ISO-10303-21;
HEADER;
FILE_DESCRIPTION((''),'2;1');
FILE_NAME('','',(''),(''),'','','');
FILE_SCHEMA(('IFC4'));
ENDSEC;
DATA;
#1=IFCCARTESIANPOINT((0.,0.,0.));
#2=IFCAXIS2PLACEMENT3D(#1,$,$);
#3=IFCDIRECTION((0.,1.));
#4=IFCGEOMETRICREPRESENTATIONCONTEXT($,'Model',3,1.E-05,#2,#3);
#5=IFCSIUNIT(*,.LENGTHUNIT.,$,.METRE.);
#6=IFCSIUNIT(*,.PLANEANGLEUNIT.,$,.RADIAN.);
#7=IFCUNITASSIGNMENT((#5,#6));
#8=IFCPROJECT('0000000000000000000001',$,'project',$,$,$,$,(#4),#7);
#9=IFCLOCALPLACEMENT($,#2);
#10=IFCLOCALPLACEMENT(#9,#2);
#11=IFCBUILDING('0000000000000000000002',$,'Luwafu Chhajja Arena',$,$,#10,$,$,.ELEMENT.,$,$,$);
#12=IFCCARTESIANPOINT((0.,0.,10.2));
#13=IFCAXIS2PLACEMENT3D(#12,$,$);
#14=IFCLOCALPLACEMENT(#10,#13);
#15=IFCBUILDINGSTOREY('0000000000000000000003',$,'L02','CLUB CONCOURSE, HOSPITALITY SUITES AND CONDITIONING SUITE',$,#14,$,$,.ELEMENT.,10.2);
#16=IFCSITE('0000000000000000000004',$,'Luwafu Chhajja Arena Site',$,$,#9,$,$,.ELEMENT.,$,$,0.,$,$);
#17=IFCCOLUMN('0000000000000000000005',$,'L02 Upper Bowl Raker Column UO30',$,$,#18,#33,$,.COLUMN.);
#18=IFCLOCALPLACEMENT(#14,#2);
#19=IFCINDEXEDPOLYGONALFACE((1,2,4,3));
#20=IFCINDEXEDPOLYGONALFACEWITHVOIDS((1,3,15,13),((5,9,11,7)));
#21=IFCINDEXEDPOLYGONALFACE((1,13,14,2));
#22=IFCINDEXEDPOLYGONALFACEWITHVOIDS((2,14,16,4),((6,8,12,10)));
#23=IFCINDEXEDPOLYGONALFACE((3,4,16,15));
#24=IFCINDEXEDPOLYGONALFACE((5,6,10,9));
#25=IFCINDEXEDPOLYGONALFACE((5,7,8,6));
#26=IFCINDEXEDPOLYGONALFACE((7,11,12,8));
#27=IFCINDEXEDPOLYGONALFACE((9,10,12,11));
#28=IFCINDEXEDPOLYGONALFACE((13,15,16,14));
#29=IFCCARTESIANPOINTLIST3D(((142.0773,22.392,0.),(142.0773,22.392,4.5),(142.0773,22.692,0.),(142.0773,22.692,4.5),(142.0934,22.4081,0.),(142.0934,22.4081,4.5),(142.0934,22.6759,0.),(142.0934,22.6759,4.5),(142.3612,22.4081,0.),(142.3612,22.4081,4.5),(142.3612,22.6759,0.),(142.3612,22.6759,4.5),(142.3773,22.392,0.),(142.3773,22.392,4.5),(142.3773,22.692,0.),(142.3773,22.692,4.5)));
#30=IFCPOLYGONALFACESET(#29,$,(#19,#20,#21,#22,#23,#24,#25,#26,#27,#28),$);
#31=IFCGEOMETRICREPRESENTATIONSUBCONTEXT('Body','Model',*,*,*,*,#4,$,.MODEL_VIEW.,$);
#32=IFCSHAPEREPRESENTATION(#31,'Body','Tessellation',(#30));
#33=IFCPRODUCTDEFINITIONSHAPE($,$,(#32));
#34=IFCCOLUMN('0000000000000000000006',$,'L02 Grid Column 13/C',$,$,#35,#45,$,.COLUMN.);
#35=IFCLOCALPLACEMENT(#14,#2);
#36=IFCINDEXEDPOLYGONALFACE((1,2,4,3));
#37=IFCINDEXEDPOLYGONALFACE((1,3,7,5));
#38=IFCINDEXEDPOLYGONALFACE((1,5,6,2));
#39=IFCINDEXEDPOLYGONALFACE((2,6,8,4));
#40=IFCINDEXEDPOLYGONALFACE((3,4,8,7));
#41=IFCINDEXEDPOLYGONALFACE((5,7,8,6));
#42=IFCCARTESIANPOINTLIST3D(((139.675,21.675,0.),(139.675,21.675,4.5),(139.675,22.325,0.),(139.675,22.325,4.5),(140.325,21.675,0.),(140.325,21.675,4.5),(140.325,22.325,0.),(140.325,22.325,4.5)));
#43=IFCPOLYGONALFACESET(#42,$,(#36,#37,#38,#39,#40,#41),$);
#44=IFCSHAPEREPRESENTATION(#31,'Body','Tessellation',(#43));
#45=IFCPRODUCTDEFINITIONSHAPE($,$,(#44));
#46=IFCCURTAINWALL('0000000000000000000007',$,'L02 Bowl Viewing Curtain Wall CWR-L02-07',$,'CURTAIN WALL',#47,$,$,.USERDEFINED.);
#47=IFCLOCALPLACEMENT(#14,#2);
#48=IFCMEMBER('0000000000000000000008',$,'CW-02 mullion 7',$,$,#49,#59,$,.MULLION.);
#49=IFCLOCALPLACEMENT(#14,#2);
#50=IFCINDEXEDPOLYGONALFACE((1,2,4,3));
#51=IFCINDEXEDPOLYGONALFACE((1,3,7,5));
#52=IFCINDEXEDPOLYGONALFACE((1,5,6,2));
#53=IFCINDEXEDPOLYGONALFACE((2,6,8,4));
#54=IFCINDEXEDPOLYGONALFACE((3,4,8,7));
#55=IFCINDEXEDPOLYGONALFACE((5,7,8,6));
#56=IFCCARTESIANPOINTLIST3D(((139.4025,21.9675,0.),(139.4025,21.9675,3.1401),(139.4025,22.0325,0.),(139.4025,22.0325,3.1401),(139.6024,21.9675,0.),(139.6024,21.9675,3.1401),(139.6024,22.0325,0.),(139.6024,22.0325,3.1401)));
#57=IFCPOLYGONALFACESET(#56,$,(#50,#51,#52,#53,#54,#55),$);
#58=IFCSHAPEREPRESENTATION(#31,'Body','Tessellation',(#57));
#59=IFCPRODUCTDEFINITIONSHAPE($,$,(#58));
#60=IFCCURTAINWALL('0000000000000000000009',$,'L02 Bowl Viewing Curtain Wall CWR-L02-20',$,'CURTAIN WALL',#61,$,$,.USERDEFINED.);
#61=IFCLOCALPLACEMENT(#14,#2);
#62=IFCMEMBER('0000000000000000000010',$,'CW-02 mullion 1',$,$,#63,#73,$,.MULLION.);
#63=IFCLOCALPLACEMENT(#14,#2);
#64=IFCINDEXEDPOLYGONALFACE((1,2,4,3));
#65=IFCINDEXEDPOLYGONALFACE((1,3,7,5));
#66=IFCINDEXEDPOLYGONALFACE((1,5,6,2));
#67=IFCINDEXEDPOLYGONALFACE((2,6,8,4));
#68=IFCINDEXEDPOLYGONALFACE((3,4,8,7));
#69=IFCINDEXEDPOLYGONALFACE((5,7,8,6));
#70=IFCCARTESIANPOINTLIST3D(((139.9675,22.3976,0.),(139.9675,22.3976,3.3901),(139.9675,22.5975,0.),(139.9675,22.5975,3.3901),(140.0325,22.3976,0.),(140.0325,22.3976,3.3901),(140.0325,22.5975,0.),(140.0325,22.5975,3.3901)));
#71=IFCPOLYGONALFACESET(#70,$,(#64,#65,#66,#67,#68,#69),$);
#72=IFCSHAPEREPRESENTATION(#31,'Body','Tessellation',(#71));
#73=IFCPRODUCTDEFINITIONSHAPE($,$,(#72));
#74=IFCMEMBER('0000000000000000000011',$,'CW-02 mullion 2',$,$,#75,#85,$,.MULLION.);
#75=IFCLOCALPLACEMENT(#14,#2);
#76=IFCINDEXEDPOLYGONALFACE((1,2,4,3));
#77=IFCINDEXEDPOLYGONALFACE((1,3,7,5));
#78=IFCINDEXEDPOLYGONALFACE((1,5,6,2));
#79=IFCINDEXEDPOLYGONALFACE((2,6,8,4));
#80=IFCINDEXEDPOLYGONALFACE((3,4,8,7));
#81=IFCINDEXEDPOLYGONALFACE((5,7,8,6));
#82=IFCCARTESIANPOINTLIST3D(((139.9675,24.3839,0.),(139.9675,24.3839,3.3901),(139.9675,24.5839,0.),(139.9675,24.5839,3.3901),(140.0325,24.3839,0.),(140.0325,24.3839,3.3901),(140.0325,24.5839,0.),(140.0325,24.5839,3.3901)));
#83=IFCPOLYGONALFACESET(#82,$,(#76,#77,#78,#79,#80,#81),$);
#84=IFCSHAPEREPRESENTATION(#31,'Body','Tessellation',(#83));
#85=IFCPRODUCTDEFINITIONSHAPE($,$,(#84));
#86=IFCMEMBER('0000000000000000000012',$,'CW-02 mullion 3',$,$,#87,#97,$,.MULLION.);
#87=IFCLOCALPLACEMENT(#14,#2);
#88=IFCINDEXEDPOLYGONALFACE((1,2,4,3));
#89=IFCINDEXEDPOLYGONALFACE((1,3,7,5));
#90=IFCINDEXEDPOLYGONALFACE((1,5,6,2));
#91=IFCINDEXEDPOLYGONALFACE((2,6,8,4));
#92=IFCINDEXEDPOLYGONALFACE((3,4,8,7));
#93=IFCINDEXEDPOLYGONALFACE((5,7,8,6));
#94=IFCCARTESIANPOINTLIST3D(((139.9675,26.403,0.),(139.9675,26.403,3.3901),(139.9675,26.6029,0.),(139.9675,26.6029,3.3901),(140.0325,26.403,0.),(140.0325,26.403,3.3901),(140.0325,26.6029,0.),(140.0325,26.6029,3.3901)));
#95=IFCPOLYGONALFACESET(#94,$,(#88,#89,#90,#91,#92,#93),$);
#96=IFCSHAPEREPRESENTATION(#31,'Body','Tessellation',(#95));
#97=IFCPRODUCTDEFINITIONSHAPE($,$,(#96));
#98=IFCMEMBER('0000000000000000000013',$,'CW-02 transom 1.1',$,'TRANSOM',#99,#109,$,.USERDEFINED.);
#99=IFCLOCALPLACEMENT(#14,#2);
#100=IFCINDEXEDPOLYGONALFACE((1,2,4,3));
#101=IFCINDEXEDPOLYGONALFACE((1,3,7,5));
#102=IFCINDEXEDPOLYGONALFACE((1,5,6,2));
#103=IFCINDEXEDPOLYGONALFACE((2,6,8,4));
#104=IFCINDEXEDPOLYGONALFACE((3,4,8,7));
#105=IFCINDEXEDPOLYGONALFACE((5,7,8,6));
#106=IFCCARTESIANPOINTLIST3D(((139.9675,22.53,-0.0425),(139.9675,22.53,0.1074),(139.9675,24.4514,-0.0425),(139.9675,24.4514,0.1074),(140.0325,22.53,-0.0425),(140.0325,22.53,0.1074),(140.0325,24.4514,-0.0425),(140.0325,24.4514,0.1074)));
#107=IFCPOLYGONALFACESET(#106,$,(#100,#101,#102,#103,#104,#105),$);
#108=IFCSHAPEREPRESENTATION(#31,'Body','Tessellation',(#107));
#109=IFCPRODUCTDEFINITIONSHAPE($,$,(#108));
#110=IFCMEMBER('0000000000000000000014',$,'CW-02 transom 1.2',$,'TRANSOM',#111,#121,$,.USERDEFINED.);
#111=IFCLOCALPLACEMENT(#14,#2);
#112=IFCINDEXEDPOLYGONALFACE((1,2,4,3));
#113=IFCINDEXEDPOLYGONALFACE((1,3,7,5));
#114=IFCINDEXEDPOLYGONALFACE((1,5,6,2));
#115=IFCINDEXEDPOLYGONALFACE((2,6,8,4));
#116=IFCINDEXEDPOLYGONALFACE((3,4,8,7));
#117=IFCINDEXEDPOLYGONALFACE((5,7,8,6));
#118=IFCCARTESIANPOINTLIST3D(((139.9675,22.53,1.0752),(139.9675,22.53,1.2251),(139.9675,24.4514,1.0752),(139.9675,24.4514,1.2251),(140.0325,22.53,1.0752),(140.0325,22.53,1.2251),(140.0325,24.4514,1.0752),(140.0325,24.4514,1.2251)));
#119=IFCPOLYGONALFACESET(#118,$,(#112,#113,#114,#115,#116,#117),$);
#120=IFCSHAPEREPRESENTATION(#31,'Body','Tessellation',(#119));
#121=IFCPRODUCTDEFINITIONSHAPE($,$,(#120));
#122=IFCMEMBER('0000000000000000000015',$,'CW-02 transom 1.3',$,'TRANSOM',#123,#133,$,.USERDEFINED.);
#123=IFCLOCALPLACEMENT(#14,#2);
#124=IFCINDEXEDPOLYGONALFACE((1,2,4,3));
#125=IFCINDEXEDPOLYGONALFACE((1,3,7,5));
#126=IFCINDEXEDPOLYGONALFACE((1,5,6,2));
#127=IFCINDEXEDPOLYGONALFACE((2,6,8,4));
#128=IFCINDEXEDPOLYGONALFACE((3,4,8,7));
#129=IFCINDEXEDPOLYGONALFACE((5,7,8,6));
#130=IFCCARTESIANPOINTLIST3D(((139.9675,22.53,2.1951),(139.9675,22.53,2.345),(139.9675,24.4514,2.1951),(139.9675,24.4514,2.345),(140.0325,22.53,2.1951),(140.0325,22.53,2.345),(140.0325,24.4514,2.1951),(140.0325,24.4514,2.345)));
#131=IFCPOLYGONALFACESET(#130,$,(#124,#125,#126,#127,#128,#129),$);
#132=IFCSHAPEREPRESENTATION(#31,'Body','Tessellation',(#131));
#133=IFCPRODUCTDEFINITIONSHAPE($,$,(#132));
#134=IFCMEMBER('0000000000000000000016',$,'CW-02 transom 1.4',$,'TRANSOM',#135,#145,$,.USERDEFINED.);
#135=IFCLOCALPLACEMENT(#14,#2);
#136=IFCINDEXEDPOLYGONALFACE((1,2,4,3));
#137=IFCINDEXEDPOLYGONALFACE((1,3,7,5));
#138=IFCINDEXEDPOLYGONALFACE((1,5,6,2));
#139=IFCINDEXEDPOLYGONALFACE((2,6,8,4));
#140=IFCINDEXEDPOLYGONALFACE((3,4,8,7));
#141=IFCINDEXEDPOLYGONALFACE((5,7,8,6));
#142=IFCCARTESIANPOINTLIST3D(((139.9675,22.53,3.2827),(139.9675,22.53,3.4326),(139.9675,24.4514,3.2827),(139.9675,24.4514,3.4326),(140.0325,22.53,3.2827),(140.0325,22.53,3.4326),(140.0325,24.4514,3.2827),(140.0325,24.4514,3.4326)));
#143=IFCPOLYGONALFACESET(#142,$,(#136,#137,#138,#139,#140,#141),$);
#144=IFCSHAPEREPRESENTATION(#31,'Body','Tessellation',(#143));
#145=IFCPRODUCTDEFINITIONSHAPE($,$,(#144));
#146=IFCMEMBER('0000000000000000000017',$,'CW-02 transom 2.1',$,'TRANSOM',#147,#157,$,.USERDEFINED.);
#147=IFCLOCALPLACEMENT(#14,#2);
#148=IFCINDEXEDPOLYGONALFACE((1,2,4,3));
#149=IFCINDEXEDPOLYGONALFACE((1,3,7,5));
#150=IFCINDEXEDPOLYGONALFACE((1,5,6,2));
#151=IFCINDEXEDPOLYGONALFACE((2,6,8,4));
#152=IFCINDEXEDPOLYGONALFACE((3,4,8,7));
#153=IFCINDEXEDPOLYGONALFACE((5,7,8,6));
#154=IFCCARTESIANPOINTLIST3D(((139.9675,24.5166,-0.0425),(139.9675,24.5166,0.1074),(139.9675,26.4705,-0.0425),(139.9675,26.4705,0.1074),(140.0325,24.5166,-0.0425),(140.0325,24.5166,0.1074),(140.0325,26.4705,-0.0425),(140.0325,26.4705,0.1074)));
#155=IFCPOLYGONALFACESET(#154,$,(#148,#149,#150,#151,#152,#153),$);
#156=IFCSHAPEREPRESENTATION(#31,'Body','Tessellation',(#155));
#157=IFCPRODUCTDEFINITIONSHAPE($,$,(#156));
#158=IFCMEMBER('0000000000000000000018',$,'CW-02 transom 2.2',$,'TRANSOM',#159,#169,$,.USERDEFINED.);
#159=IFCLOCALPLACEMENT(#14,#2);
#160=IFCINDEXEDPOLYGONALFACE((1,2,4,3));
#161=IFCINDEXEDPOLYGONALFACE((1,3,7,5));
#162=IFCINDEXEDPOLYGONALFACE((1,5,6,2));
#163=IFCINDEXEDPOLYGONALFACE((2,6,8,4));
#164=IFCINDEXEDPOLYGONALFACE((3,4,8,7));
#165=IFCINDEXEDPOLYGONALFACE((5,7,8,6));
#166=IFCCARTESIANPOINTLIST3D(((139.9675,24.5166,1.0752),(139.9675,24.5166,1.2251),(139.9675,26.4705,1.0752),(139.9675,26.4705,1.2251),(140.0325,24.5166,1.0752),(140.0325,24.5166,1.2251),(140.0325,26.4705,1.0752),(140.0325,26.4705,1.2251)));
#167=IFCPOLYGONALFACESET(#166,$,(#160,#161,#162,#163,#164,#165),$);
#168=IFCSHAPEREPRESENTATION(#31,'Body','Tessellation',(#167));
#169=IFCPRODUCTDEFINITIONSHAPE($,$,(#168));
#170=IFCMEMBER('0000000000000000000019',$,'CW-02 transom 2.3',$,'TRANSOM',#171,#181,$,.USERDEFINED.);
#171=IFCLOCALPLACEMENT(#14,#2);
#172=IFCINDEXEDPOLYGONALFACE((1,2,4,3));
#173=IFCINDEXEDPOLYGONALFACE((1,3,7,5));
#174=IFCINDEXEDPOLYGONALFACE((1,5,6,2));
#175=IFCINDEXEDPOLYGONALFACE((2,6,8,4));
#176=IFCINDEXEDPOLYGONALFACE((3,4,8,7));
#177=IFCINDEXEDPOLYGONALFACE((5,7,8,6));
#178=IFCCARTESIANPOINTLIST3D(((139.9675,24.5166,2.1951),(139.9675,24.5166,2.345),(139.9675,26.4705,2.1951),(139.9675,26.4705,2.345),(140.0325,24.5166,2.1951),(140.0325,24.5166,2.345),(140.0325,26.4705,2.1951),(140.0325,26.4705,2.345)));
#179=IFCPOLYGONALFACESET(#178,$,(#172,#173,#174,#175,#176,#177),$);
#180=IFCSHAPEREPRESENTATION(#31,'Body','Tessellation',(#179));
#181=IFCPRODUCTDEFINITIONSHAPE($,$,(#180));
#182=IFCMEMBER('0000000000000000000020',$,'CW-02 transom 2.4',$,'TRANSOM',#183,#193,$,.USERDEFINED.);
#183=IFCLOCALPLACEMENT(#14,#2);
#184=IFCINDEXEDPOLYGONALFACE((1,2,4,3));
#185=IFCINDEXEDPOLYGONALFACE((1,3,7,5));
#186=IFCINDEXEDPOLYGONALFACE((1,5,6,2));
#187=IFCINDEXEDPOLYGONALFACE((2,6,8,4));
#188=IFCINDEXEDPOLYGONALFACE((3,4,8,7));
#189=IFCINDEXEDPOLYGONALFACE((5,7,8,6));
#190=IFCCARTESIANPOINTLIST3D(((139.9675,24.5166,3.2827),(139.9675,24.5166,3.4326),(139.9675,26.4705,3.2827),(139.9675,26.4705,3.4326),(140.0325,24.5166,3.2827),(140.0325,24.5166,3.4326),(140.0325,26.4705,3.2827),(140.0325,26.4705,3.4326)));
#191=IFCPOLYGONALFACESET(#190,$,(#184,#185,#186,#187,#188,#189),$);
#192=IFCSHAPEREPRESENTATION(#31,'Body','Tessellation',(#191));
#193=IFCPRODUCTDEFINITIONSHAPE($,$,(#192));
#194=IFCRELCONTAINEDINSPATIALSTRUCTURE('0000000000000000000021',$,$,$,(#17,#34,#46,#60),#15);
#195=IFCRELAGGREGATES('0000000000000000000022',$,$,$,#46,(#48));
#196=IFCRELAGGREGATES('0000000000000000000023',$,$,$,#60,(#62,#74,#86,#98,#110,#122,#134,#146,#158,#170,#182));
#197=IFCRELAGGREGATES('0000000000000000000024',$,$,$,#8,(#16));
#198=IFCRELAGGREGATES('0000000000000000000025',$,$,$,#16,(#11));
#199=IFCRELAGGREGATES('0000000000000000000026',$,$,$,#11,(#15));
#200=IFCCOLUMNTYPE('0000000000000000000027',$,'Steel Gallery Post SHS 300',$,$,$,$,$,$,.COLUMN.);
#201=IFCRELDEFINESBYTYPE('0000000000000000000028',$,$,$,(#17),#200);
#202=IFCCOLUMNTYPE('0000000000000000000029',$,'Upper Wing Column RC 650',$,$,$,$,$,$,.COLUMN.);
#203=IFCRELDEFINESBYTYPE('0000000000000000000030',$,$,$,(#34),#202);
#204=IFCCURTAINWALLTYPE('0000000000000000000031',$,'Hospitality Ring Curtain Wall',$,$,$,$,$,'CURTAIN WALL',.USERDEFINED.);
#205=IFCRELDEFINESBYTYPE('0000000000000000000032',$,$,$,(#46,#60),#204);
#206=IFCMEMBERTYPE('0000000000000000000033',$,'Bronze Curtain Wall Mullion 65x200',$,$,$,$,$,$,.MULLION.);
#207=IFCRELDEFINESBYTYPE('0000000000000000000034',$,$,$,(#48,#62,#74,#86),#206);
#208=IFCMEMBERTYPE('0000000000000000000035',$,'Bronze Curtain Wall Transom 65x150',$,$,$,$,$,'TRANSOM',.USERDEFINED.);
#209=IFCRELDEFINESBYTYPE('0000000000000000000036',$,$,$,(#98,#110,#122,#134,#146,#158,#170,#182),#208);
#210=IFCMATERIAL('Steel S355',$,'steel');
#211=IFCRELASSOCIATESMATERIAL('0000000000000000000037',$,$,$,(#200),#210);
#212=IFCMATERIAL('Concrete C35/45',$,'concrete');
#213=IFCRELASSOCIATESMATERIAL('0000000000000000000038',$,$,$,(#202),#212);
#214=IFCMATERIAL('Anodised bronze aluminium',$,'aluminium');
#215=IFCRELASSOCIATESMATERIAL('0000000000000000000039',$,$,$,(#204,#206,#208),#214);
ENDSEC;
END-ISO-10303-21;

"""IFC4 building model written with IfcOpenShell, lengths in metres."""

from ifc_helpers import new_model, si_unit, direction, frame, origin, origin_2d, place, context, subcontext, project, spatial, rectangle, hollow_rectangle, extrude, material, material_profile, profile_set, type_object, element, aggregate, save


model = new_model("IFC4")

# Units and contexts
model_context = context("Model", 3, precision=1e-05, world=origin(), true_north=direction((0.0, 1.0)))
body_context = subcontext(model_context, "Body", "Model", "MODEL_VIEW")
ifc_project = project(units=[si_unit("LENGTHUNIT", "METRE"), si_unit("PLANEANGLEUNIT", "RADIAN")], contexts=[model_context])

# Site, building, storey
site_placement = place(None, origin())
site = spatial("IfcSite", under=ifc_project, at=site_placement, Name="Luwafu Chhajja Arena Site", CompositionType="ELEMENT", RefElevation=0.0)
building_placement = place(site_placement, origin())
building = spatial("IfcBuilding", under=site, at=building_placement, Name="Luwafu Chhajja Arena", CompositionType="ELEMENT")
storey_placement = place(building_placement, frame((0.0, 0.0, 10.2)))
storey = spatial("IfcBuildingStorey", under=building, at=storey_placement, Name="L02", Description="CLUB CONCOURSE, HOSPITALITY SUITES AND CONDITIONING SUITE", CompositionType="ELEMENT", Elevation=10.2)

# Columns
ifc_material_1 = material(Name="Steel S355", Category="steel")
ifc_material_profile_1 = material_profile(ifc_material_1, hollow_rectangle(XDim=0.3, YDim=0.3, WallThickness=0.0161, at=origin_2d()), Name="SHS 300x300x16")
ifc_profile_set_1 = profile_set([ifc_material_profile_1], Name="Steel S355")
column_type_1 = type_object("IfcColumnType", Name="Steel Gallery Post SHS 300", PredefinedType="COLUMN", material=ifc_profile_set_1)
column_1_placement = place(storey_placement, frame((142.2273, 22.542, 0.0), z_axis=(0.0, 0.0, 1.0), x_axis=(1.0, 0.0, 0.0)))
element("IfcColumn", 1, at=column_1_placement, inside=storey, type_object=column_type_1, Name="L02 Upper Bowl Raker Column UO30", PredefinedType="COLUMN", context=body_context, shape_type="SweptSolid", body=[
    extrude(hollow_rectangle(XDim=0.3, YDim=0.3, WallThickness=0.0161, at=origin_2d()), origin(), (0.0, 0.0, 1.0), 4.5),
])
ifc_material_2 = material(Name="Concrete C35/45", Category="concrete")
ifc_material_profile_2 = material_profile(ifc_material_2, rectangle(XDim=0.6499, YDim=0.6499, at=origin_2d()), Name="RC 650x650")
ifc_profile_set_2 = profile_set([ifc_material_profile_2], Name="Concrete C35/45")
column_type_2 = type_object("IfcColumnType", Name="Upper Wing Column RC 650", PredefinedType="COLUMN", material=ifc_profile_set_2)
column_2_placement = place(storey_placement, frame((140.0, 22.0, 0.0), z_axis=(0.0, 0.0, 1.0), x_axis=(1.0, 0.0, 0.0)))
element("IfcColumn", 2, at=column_2_placement, inside=storey, type_object=column_type_2, Name="L02 Grid Column 13/C", PredefinedType="COLUMN", context=body_context, shape_type="SweptSolid", body=[
    extrude(rectangle(XDim=0.6499, YDim=0.6499, at=origin_2d()), origin(), (0.0, 0.0, 1.0), 4.5),
])

# Curtain wall, member
ifc_material_3 = material(Name="Anodised bronze aluminium", Category="aluminium")
curtain_wall_type = type_object("IfcCurtainWallType", Name="Hospitality Ring Curtain Wall", ElementType="CURTAIN WALL", PredefinedType="USERDEFINED", material=ifc_material_3)
curtain_wall_1_placement = place(storey_placement, origin())
curtain_wall_1 = element("IfcCurtainWall", 3, at=curtain_wall_1_placement, inside=storey, type_object=curtain_wall_type, Name="L02 Bowl Viewing Curtain Wall CWR-L02-07", ObjectType="CURTAIN WALL", PredefinedType="USERDEFINED")
ifc_material_profile_3 = material_profile(ifc_material_3, rectangle(XDim=0.0649, YDim=0.2, at=origin_2d()), Name="CWM 65x200")
ifc_profile_set_3 = profile_set([ifc_material_profile_3], Name="Anodised bronze aluminium")
member_type_1 = type_object("IfcMemberType", Name="Bronze Curtain Wall Mullion 65x200", PredefinedType="MULLION", material=ifc_profile_set_3)
member_1_placement = place(storey_placement, frame((139.5024, 22.0, 0.0), z_axis=(0.0, 0.0, 1.0), x_axis=(0.0, 1.0, 0.0)))
member_1 = element("IfcMember", 4, at=member_1_placement, type_object=member_type_1, Name="CW-02 mullion 7", PredefinedType="MULLION", context=body_context, shape_type="SweptSolid", body=[
    extrude(rectangle(XDim=0.0649, YDim=0.2, at=origin_2d()), origin(), (0.0, 0.0, 1.0), 3.1401),
])

# Curtain wall, members
curtain_wall_2_placement = place(storey_placement, origin())
curtain_wall_2 = element("IfcCurtainWall", 5, at=curtain_wall_2_placement, inside=storey, type_object=curtain_wall_type, Name="L02 Bowl Viewing Curtain Wall CWR-L02-20", ObjectType="CURTAIN WALL", PredefinedType="USERDEFINED")
member_2_placement = place(storey_placement, frame((140.0, 22.4976, 0.0), z_axis=(0.0, 0.0, 1.0), x_axis=(-1.0, 0.0, 0.0)))
member_2 = element("IfcMember", 6, at=member_2_placement, type_object=member_type_1, Name="CW-02 mullion 1", PredefinedType="MULLION", context=body_context, shape_type="SweptSolid", body=[
    extrude(rectangle(XDim=0.0649, YDim=0.2, at=origin_2d()), origin(), (0.0, 0.0, 1.0), 3.3901),
])
member_3_placement = place(storey_placement, frame((140.0, 24.4839, 0.0), z_axis=(0.0, 0.0, 1.0), x_axis=(-1.0, 0.0, 0.0)))
member_3 = element("IfcMember", 7, at=member_3_placement, type_object=member_type_1, Name="CW-02 mullion 2", PredefinedType="MULLION", context=body_context, shape_type="SweptSolid", body=[
    extrude(rectangle(XDim=0.0649, YDim=0.2, at=origin_2d()), origin(), (0.0, 0.0, 1.0), 3.3901),
])
member_4_placement = place(storey_placement, frame((140.0, 26.5029, 0.0), z_axis=(0.0, 0.0, 1.0), x_axis=(-1.0, 0.0, 0.0)))
member_4 = element("IfcMember", 8, at=member_4_placement, type_object=member_type_1, Name="CW-02 mullion 3", PredefinedType="MULLION", context=body_context, shape_type="SweptSolid", body=[
    extrude(rectangle(XDim=0.0649, YDim=0.2, at=origin_2d()), origin(), (0.0, 0.0, 1.0), 3.3901),
])
ifc_material_profile_4 = material_profile(ifc_material_3, rectangle(XDim=0.0649, YDim=0.1499, at=origin_2d()), Name="CWT 65x150")
ifc_profile_set_4 = profile_set([ifc_material_profile_4], Name="Anodised bronze aluminium")
member_type_2 = type_object("IfcMemberType", Name="Bronze Curtain Wall Transom 65x150", ElementType="TRANSOM", PredefinedType="USERDEFINED", material=ifc_profile_set_4)
member_5_placement = place(storey_placement, frame((140.0, 22.53, 0.0325), z_axis=(0.0, 1.0, 0.0), x_axis=(-1.0, 0.0, 0.0)))
member_5 = element("IfcMember", 9, at=member_5_placement, type_object=member_type_2, Name="CW-02 transom 1.1", ObjectType="TRANSOM", PredefinedType="USERDEFINED", context=body_context, shape_type="SweptSolid", body=[
    extrude(rectangle(XDim=0.0649, YDim=0.1499, at=origin_2d()), origin(), (0.0, 0.0, 1.0), 1.9214),
])
member_6_placement = place(storey_placement, frame((140.0, 22.53, 1.1501), z_axis=(0.0, 1.0, 0.0), x_axis=(-1.0, 0.0, 0.0)))
member_6 = element("IfcMember", 10, at=member_6_placement, type_object=member_type_2, Name="CW-02 transom 1.2", ObjectType="TRANSOM", PredefinedType="USERDEFINED", context=body_context, shape_type="SweptSolid", body=[
    extrude(rectangle(XDim=0.0649, YDim=0.1499, at=origin_2d()), origin(), (0.0, 0.0, 1.0), 1.9214),
])
member_7_placement = place(storey_placement, frame((140.0, 22.53, 2.27), z_axis=(0.0, 1.0, 0.0), x_axis=(-1.0, 0.0, 0.0)))
member_7 = element("IfcMember", 11, at=member_7_placement, type_object=member_type_2, Name="CW-02 transom 1.3", ObjectType="TRANSOM", PredefinedType="USERDEFINED", context=body_context, shape_type="SweptSolid", body=[
    extrude(rectangle(XDim=0.0649, YDim=0.1499, at=origin_2d()), origin(), (0.0, 0.0, 1.0), 1.9214),
])
member_8_placement = place(storey_placement, frame((140.0, 22.53, 3.3577), z_axis=(0.0, 1.0, 0.0), x_axis=(-1.0, 0.0, 0.0)))
member_8 = element("IfcMember", 12, at=member_8_placement, type_object=member_type_2, Name="CW-02 transom 1.4", ObjectType="TRANSOM", PredefinedType="USERDEFINED", context=body_context, shape_type="SweptSolid", body=[
    extrude(rectangle(XDim=0.0649, YDim=0.1499, at=origin_2d()), origin(), (0.0, 0.0, 1.0), 1.9214),
])
member_9_placement = place(storey_placement, frame((140.0, 24.5166, 0.0325), z_axis=(0.0, 1.0, 0.0), x_axis=(-1.0, 0.0, 0.0)))
member_9 = element("IfcMember", 13, at=member_9_placement, type_object=member_type_2, Name="CW-02 transom 2.1", ObjectType="TRANSOM", PredefinedType="USERDEFINED", context=body_context, shape_type="SweptSolid", body=[
    extrude(rectangle(XDim=0.0649, YDim=0.1499, at=origin_2d()), origin(), (0.0, 0.0, 1.0), 1.9539),
])
member_10_placement = place(storey_placement, frame((140.0, 24.5166, 1.1501), z_axis=(0.0, 1.0, 0.0), x_axis=(-1.0, 0.0, 0.0)))
member_10 = element("IfcMember", 14, at=member_10_placement, type_object=member_type_2, Name="CW-02 transom 2.2", ObjectType="TRANSOM", PredefinedType="USERDEFINED", context=body_context, shape_type="SweptSolid", body=[
    extrude(rectangle(XDim=0.0649, YDim=0.1499, at=origin_2d()), origin(), (0.0, 0.0, 1.0), 1.9539),
])
member_11_placement = place(storey_placement, frame((140.0, 24.5166, 2.27), z_axis=(0.0, 1.0, 0.0), x_axis=(-1.0, 0.0, 0.0)))
member_11 = element("IfcMember", 15, at=member_11_placement, type_object=member_type_2, Name="CW-02 transom 2.3", ObjectType="TRANSOM", PredefinedType="USERDEFINED", context=body_context, shape_type="SweptSolid", body=[
    extrude(rectangle(XDim=0.0649, YDim=0.1499, at=origin_2d()), origin(), (0.0, 0.0, 1.0), 1.9539),
])
member_12_placement = place(storey_placement, frame((140.0, 24.5166, 3.3577), z_axis=(0.0, 1.0, 0.0), x_axis=(-1.0, 0.0, 0.0)))
member_12 = element("IfcMember", 16, at=member_12_placement, type_object=member_type_2, Name="CW-02 transom 2.4", ObjectType="TRANSOM", PredefinedType="USERDEFINED", context=body_context, shape_type="SweptSolid", body=[
    extrude(rectangle(XDim=0.0649, YDim=0.1499, at=origin_2d()), origin(), (0.0, 0.0, 1.0), 1.9539),
])

aggregate(curtain_wall_1, [member_1])
aggregate(curtain_wall_2, [member_2, member_3, member_4, member_5, member_6, member_7, member_8, member_9, member_10, member_11, member_12])

save(model, "model.ifc")
